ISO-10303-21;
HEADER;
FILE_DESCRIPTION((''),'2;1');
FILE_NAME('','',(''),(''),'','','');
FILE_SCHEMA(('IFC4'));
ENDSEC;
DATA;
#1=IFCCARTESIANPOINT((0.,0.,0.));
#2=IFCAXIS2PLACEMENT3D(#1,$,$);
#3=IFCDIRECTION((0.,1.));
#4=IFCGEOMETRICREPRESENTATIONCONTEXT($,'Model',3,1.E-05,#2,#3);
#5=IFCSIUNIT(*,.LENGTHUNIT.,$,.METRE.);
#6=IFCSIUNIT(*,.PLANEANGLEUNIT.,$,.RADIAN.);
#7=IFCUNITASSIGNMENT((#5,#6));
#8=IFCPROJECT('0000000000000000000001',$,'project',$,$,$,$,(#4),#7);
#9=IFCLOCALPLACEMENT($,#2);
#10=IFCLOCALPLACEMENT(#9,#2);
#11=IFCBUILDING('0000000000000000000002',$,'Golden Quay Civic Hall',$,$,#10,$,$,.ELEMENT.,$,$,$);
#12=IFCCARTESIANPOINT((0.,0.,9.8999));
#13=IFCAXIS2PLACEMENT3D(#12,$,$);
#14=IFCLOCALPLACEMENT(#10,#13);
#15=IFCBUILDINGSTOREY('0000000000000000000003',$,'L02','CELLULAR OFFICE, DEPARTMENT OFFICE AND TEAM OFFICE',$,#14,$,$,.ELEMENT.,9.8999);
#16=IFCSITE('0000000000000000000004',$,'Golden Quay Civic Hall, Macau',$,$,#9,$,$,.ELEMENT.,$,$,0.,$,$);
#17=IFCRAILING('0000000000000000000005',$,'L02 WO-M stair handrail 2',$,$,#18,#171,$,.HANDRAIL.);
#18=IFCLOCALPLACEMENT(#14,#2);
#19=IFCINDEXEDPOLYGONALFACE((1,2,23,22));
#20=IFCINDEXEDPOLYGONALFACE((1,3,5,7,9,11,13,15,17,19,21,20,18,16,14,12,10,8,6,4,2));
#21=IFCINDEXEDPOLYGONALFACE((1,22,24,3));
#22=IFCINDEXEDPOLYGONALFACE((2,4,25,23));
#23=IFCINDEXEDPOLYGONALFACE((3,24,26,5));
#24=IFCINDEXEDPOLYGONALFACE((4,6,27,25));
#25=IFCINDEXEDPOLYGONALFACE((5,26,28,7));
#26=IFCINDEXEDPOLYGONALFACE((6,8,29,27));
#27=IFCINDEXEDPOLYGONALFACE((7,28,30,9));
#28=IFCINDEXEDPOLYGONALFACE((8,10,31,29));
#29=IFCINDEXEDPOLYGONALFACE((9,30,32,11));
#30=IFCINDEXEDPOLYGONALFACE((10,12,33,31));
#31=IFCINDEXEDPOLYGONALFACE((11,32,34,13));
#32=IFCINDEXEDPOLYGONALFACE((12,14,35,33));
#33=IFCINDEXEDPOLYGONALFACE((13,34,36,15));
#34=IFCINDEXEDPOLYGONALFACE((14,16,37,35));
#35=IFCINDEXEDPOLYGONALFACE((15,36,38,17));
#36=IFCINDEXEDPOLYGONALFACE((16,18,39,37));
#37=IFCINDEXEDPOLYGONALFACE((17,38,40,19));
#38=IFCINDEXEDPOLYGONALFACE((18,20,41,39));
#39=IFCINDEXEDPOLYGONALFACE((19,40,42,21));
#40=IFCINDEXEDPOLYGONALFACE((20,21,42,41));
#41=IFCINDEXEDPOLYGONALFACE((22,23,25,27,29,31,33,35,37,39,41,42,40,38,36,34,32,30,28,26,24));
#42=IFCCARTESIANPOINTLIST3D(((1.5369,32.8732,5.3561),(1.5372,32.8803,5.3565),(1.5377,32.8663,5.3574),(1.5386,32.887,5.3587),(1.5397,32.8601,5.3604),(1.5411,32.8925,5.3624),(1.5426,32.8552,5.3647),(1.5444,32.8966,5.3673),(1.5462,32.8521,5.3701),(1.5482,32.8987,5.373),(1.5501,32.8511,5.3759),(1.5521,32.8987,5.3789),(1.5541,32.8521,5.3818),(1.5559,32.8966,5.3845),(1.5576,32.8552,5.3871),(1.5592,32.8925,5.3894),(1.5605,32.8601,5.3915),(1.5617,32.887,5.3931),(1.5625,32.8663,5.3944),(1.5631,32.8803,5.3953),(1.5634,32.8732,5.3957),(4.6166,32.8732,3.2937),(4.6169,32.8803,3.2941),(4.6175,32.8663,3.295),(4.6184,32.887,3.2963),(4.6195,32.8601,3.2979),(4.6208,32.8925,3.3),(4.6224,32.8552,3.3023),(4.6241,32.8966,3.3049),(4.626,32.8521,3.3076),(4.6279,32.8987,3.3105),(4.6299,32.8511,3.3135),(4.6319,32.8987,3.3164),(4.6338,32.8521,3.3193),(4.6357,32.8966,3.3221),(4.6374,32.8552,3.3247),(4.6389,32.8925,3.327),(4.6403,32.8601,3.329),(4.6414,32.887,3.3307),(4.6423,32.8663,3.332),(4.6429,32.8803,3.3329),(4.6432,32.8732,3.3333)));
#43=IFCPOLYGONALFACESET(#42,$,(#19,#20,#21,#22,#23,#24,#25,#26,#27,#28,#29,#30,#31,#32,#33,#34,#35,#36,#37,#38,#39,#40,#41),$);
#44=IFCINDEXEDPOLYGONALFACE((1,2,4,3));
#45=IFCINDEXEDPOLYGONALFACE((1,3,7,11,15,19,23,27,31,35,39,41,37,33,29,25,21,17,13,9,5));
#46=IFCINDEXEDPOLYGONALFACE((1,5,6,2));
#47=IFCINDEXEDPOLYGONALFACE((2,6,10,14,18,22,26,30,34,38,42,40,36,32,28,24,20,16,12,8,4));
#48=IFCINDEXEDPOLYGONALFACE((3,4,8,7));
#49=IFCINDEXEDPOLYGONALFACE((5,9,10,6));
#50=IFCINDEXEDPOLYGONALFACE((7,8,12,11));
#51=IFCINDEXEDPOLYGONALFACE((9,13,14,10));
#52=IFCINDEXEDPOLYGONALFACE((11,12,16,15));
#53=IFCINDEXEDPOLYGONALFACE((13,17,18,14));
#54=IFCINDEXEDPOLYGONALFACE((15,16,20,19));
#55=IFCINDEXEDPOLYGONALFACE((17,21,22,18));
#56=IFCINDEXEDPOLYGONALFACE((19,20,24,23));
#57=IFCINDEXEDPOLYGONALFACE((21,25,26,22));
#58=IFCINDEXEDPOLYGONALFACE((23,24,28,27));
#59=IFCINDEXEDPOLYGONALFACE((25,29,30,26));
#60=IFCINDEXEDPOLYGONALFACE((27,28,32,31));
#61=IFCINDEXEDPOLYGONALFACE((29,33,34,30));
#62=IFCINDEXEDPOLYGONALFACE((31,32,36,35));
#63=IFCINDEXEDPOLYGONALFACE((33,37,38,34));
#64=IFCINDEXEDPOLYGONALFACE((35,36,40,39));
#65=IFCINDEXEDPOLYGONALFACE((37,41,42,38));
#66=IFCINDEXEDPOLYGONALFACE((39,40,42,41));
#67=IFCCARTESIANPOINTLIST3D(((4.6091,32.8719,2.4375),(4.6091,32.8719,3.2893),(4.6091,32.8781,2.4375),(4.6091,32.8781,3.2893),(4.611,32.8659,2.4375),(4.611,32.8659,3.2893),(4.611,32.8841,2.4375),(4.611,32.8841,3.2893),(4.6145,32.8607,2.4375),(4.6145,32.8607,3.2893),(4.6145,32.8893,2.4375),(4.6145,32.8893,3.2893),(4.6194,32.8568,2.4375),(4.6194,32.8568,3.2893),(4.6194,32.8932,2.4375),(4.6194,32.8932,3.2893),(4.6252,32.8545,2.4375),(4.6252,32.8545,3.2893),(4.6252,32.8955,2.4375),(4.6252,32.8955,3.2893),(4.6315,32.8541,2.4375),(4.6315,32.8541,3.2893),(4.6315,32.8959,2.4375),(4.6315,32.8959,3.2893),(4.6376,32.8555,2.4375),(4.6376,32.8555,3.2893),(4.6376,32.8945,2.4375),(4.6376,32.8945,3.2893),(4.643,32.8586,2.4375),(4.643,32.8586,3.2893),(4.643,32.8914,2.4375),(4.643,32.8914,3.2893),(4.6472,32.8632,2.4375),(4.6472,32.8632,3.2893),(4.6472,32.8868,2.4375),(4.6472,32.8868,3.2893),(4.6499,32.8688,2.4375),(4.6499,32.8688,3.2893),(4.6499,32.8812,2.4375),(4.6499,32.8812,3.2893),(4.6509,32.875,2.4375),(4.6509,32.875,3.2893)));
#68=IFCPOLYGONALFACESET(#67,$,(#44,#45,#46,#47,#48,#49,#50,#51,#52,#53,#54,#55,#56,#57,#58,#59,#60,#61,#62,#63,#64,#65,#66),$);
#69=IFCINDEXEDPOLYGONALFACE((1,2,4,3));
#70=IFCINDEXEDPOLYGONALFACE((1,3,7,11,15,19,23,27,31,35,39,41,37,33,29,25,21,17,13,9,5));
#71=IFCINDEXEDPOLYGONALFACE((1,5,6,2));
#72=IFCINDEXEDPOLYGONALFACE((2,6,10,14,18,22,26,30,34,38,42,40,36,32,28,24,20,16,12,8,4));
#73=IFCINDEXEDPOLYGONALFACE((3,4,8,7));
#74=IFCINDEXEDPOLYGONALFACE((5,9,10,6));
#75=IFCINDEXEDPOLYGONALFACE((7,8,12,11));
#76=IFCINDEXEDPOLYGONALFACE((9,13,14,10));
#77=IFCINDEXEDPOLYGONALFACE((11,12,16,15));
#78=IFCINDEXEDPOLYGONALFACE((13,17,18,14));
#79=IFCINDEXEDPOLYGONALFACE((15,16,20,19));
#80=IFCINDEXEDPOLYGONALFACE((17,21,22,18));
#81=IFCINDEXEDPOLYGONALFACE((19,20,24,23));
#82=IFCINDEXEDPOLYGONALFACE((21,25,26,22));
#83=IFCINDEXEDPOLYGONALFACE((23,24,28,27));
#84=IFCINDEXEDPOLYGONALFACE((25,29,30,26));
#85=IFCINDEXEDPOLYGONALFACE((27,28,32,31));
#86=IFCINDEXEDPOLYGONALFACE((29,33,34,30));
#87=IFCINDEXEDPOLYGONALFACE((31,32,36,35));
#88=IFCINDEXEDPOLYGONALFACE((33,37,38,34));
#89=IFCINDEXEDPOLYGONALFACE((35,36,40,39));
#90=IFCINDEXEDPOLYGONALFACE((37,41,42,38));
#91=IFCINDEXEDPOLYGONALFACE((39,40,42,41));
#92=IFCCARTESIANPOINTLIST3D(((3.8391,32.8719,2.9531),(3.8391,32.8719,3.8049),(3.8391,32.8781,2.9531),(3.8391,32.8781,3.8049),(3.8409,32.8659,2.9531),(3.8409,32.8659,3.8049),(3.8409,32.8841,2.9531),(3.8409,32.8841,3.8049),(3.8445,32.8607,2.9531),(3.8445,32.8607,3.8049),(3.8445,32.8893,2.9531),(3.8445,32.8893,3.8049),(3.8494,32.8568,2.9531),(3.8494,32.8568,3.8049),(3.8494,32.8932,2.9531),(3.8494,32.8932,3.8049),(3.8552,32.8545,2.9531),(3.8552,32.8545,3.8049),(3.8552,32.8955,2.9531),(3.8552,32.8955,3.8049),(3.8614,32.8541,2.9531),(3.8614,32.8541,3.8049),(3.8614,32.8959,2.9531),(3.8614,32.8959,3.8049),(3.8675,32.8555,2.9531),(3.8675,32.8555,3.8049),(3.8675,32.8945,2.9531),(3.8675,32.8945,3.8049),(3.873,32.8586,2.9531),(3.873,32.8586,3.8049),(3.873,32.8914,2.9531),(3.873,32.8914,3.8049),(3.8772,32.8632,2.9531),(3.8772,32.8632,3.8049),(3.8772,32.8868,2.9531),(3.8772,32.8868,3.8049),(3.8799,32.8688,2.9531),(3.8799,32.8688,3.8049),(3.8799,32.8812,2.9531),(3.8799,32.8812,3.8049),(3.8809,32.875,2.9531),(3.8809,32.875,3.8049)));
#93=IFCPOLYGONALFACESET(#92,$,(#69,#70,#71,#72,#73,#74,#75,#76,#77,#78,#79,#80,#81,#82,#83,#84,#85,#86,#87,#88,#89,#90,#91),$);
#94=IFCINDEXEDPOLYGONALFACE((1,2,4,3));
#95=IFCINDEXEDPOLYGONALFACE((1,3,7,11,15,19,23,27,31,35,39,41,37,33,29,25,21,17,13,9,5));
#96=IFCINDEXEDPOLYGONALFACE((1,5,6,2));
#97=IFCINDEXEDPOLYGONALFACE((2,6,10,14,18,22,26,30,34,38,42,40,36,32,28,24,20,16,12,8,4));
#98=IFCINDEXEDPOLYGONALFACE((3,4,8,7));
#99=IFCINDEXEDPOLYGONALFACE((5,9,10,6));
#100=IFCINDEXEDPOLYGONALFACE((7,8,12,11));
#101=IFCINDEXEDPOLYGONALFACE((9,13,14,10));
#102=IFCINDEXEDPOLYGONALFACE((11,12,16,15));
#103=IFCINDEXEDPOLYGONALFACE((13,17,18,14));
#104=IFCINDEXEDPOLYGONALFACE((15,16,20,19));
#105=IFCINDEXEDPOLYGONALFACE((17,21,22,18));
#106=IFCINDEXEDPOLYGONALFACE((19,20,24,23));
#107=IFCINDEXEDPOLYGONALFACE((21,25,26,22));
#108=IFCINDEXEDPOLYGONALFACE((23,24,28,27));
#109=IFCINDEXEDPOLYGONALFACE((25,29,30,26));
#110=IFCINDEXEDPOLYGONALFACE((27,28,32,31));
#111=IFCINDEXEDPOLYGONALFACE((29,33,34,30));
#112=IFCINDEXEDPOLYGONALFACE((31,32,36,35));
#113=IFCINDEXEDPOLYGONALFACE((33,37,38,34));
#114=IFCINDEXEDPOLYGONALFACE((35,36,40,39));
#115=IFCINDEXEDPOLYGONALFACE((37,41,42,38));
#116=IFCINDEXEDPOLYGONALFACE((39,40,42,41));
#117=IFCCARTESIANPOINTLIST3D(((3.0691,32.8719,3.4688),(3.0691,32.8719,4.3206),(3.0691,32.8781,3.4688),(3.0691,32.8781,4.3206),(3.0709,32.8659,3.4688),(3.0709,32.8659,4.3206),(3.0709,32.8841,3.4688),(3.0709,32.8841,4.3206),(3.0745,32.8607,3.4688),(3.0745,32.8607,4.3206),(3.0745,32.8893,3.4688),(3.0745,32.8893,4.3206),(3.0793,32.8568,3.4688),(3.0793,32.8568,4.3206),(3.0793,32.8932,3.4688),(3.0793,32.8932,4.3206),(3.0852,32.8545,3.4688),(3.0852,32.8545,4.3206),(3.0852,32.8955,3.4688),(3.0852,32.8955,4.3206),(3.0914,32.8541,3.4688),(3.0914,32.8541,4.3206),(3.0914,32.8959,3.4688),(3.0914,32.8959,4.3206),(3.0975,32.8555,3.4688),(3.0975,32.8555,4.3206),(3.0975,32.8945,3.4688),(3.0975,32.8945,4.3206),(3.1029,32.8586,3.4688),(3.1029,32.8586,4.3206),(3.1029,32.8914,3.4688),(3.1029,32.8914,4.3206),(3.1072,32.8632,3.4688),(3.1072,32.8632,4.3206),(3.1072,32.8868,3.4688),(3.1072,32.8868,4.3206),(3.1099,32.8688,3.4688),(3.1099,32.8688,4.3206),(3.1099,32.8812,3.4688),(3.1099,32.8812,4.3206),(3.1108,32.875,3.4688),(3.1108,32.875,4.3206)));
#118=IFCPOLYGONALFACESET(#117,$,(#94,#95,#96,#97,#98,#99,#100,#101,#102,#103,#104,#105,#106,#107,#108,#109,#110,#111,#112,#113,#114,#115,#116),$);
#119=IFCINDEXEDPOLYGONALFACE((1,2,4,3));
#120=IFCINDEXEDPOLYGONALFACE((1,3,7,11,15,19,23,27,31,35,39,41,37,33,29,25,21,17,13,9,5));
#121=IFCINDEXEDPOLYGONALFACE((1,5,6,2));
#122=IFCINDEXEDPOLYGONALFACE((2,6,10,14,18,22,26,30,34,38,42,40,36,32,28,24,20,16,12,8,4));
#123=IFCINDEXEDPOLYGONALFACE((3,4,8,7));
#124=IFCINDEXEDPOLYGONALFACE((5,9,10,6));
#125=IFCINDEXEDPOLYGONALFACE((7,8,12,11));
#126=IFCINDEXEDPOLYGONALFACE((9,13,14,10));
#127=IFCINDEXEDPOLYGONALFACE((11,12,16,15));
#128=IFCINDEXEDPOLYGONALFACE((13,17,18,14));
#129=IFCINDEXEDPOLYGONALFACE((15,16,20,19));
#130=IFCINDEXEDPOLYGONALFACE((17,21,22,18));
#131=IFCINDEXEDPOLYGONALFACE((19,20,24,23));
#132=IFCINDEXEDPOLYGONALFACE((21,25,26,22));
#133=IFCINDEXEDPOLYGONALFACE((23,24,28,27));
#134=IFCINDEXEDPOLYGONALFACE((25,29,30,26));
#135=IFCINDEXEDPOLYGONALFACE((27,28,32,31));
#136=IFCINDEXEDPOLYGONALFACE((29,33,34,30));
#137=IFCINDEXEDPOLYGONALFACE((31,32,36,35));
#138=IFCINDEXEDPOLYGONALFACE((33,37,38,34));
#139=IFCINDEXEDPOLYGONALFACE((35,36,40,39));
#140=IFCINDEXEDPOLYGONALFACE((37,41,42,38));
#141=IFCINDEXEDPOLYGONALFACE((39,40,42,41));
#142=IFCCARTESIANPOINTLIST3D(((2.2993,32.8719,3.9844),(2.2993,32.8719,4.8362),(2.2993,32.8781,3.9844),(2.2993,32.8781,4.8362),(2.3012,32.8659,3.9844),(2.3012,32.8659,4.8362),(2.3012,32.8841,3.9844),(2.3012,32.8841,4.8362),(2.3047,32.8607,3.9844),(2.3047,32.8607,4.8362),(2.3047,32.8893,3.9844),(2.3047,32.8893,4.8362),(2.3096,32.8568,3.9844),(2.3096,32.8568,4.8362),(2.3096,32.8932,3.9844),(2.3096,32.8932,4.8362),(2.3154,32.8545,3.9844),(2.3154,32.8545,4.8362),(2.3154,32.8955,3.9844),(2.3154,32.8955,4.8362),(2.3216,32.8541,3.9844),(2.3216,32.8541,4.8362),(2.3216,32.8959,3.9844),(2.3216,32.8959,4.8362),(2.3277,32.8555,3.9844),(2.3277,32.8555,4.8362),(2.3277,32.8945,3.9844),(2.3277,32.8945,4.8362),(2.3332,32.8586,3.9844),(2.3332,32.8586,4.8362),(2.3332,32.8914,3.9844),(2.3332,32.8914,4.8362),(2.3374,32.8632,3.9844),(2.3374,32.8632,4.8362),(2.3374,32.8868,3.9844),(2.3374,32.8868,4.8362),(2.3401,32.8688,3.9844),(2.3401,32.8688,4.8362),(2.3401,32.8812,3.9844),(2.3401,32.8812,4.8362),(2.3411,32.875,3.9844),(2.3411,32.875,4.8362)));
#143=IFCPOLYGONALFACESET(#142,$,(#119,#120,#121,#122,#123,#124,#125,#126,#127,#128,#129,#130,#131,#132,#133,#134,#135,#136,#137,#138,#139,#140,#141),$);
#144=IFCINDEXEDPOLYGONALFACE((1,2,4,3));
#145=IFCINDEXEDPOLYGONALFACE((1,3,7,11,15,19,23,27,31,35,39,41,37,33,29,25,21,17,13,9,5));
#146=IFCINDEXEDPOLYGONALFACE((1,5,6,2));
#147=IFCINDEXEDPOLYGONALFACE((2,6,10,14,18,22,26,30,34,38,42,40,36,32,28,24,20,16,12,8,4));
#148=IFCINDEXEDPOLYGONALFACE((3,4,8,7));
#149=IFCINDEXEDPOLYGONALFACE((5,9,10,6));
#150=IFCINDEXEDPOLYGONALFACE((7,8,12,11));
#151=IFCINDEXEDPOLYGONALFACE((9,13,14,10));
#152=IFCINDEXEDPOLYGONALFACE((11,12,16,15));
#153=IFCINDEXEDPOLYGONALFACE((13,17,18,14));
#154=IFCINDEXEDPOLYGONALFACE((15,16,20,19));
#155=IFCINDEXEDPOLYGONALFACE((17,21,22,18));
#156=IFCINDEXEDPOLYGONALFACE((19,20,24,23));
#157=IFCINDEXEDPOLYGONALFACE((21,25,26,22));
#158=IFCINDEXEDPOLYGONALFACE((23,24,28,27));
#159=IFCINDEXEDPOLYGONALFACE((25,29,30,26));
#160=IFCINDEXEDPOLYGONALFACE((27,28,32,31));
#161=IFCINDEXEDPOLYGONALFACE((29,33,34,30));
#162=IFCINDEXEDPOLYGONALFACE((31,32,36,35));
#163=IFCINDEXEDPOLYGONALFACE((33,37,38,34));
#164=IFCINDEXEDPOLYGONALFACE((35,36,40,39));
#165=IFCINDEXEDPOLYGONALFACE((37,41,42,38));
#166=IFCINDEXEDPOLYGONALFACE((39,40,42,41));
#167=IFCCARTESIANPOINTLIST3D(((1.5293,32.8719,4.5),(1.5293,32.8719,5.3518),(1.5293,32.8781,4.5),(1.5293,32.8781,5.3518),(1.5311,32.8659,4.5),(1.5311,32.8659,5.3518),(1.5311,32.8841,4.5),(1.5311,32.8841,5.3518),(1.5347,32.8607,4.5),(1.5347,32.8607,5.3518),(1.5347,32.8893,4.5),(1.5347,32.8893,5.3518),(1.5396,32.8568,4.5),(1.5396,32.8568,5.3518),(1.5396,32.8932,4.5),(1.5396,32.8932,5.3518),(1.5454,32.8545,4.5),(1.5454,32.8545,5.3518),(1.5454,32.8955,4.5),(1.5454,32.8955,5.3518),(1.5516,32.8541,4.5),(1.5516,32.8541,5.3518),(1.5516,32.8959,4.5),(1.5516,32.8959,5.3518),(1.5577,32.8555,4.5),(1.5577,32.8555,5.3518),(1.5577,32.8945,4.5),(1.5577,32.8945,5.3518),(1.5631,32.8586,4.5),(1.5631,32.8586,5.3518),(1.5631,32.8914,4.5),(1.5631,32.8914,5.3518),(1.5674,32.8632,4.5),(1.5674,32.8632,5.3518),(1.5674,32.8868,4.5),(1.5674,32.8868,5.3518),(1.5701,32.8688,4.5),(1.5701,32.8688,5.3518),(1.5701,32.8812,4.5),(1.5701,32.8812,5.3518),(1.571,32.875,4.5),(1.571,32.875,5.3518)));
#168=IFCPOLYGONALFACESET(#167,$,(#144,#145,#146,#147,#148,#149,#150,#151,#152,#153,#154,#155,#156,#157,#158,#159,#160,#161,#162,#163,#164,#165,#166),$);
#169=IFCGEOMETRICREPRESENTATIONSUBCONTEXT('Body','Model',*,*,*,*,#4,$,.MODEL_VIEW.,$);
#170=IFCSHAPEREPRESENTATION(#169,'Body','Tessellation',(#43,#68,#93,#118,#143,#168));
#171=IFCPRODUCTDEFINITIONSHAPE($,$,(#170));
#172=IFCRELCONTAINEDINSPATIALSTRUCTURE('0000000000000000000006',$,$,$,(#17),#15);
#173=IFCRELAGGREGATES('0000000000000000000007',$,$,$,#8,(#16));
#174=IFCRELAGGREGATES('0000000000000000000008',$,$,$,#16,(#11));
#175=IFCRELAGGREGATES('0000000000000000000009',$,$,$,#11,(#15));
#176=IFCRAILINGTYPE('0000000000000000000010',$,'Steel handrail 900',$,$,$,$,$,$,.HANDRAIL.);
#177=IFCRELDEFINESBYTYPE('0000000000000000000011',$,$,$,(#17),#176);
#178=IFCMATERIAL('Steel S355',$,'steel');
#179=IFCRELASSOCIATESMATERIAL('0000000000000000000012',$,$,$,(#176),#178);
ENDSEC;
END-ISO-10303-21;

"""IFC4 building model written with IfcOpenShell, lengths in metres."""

from ifc_helpers import new_model, si_unit, direction, frame, origin, origin_2d, place, context, subcontext, project, spatial, circle, extrude, material, type_object, element, save


model = new_model("IFC4")

# Units and contexts
model_context = context("Model", 3, precision=1e-05, world=origin(), true_north=direction((0.0, 1.0)))
body_context = subcontext(model_context, "Body", "Model", "MODEL_VIEW")
ifc_project = project(units=[si_unit("LENGTHUNIT", "METRE"), si_unit("PLANEANGLEUNIT", "RADIAN")], contexts=[model_context])

# Site, building, storey
site_placement = place(None, origin())
site = spatial("IfcSite", under=ifc_project, at=site_placement, Name="Golden Quay Civic Hall, Macau", CompositionType="ELEMENT", RefElevation=0.0)
building_placement = place(site_placement, origin())
building = spatial("IfcBuilding", under=site, at=building_placement, Name="Golden Quay Civic Hall", CompositionType="ELEMENT")
storey_placement = place(building_placement, frame((0.0, 0.0, 9.8999)))
storey = spatial("IfcBuildingStorey", under=building, at=storey_placement, Name="L02", Description="CELLULAR OFFICE, DEPARTMENT OFFICE AND TEAM OFFICE", CompositionType="ELEMENT", Elevation=9.8999)

# Railing
ifc_material_1 = material(Name="Steel S355", Category="steel")
railing_type_1 = type_object("IfcRailingType", Name="Steel handrail 900", PredefinedType="HANDRAIL", material=ifc_material_1)
railing_1_placement = place(storey_placement, frame((4.6299, 32.875, 2.4375)))
element("IfcRailing", 1, at=railing_1_placement, inside=storey, type_object=railing_type_1, Name="L02 WO-M stair handrail 2", PredefinedType="HANDRAIL", context=body_context, shape_type="SweptSolid", body=[
    extrude(circle(Radius=0.0239, at=origin_2d()), frame((0.0, 0.0, 0.876), z_axis=(-0.830893, 0.0, 0.556432), x_axis=(0.0, -1.0, 0.0)), (0.0, 0.0, 1.0), 3.7065),
    extrude(circle(Radius=0.021, at=origin_2d()), origin(), (0.0, 0.0, 1.0), 0.8518),
    extrude(circle(Radius=0.021, at=origin_2d()), frame((-0.77, 0.0, 0.5156)), (0.0, 0.0, 1.0), 0.8518),
    extrude(circle(Radius=0.021, at=origin_2d()), frame((-1.54, 0.0, 1.0312)), (0.0, 0.0, 1.0), 0.8518),
    extrude(circle(Radius=0.021, at=origin_2d()), frame((-2.3098, 0.0, 1.5469)), (0.0, 0.0, 1.0), 0.8518),
    extrude(circle(Radius=0.021, at=origin_2d()), frame((-3.0798, 0.0, 2.0625)), (0.0, 0.0, 1.0), 0.8518),
])

save(model, "model.ifc")
